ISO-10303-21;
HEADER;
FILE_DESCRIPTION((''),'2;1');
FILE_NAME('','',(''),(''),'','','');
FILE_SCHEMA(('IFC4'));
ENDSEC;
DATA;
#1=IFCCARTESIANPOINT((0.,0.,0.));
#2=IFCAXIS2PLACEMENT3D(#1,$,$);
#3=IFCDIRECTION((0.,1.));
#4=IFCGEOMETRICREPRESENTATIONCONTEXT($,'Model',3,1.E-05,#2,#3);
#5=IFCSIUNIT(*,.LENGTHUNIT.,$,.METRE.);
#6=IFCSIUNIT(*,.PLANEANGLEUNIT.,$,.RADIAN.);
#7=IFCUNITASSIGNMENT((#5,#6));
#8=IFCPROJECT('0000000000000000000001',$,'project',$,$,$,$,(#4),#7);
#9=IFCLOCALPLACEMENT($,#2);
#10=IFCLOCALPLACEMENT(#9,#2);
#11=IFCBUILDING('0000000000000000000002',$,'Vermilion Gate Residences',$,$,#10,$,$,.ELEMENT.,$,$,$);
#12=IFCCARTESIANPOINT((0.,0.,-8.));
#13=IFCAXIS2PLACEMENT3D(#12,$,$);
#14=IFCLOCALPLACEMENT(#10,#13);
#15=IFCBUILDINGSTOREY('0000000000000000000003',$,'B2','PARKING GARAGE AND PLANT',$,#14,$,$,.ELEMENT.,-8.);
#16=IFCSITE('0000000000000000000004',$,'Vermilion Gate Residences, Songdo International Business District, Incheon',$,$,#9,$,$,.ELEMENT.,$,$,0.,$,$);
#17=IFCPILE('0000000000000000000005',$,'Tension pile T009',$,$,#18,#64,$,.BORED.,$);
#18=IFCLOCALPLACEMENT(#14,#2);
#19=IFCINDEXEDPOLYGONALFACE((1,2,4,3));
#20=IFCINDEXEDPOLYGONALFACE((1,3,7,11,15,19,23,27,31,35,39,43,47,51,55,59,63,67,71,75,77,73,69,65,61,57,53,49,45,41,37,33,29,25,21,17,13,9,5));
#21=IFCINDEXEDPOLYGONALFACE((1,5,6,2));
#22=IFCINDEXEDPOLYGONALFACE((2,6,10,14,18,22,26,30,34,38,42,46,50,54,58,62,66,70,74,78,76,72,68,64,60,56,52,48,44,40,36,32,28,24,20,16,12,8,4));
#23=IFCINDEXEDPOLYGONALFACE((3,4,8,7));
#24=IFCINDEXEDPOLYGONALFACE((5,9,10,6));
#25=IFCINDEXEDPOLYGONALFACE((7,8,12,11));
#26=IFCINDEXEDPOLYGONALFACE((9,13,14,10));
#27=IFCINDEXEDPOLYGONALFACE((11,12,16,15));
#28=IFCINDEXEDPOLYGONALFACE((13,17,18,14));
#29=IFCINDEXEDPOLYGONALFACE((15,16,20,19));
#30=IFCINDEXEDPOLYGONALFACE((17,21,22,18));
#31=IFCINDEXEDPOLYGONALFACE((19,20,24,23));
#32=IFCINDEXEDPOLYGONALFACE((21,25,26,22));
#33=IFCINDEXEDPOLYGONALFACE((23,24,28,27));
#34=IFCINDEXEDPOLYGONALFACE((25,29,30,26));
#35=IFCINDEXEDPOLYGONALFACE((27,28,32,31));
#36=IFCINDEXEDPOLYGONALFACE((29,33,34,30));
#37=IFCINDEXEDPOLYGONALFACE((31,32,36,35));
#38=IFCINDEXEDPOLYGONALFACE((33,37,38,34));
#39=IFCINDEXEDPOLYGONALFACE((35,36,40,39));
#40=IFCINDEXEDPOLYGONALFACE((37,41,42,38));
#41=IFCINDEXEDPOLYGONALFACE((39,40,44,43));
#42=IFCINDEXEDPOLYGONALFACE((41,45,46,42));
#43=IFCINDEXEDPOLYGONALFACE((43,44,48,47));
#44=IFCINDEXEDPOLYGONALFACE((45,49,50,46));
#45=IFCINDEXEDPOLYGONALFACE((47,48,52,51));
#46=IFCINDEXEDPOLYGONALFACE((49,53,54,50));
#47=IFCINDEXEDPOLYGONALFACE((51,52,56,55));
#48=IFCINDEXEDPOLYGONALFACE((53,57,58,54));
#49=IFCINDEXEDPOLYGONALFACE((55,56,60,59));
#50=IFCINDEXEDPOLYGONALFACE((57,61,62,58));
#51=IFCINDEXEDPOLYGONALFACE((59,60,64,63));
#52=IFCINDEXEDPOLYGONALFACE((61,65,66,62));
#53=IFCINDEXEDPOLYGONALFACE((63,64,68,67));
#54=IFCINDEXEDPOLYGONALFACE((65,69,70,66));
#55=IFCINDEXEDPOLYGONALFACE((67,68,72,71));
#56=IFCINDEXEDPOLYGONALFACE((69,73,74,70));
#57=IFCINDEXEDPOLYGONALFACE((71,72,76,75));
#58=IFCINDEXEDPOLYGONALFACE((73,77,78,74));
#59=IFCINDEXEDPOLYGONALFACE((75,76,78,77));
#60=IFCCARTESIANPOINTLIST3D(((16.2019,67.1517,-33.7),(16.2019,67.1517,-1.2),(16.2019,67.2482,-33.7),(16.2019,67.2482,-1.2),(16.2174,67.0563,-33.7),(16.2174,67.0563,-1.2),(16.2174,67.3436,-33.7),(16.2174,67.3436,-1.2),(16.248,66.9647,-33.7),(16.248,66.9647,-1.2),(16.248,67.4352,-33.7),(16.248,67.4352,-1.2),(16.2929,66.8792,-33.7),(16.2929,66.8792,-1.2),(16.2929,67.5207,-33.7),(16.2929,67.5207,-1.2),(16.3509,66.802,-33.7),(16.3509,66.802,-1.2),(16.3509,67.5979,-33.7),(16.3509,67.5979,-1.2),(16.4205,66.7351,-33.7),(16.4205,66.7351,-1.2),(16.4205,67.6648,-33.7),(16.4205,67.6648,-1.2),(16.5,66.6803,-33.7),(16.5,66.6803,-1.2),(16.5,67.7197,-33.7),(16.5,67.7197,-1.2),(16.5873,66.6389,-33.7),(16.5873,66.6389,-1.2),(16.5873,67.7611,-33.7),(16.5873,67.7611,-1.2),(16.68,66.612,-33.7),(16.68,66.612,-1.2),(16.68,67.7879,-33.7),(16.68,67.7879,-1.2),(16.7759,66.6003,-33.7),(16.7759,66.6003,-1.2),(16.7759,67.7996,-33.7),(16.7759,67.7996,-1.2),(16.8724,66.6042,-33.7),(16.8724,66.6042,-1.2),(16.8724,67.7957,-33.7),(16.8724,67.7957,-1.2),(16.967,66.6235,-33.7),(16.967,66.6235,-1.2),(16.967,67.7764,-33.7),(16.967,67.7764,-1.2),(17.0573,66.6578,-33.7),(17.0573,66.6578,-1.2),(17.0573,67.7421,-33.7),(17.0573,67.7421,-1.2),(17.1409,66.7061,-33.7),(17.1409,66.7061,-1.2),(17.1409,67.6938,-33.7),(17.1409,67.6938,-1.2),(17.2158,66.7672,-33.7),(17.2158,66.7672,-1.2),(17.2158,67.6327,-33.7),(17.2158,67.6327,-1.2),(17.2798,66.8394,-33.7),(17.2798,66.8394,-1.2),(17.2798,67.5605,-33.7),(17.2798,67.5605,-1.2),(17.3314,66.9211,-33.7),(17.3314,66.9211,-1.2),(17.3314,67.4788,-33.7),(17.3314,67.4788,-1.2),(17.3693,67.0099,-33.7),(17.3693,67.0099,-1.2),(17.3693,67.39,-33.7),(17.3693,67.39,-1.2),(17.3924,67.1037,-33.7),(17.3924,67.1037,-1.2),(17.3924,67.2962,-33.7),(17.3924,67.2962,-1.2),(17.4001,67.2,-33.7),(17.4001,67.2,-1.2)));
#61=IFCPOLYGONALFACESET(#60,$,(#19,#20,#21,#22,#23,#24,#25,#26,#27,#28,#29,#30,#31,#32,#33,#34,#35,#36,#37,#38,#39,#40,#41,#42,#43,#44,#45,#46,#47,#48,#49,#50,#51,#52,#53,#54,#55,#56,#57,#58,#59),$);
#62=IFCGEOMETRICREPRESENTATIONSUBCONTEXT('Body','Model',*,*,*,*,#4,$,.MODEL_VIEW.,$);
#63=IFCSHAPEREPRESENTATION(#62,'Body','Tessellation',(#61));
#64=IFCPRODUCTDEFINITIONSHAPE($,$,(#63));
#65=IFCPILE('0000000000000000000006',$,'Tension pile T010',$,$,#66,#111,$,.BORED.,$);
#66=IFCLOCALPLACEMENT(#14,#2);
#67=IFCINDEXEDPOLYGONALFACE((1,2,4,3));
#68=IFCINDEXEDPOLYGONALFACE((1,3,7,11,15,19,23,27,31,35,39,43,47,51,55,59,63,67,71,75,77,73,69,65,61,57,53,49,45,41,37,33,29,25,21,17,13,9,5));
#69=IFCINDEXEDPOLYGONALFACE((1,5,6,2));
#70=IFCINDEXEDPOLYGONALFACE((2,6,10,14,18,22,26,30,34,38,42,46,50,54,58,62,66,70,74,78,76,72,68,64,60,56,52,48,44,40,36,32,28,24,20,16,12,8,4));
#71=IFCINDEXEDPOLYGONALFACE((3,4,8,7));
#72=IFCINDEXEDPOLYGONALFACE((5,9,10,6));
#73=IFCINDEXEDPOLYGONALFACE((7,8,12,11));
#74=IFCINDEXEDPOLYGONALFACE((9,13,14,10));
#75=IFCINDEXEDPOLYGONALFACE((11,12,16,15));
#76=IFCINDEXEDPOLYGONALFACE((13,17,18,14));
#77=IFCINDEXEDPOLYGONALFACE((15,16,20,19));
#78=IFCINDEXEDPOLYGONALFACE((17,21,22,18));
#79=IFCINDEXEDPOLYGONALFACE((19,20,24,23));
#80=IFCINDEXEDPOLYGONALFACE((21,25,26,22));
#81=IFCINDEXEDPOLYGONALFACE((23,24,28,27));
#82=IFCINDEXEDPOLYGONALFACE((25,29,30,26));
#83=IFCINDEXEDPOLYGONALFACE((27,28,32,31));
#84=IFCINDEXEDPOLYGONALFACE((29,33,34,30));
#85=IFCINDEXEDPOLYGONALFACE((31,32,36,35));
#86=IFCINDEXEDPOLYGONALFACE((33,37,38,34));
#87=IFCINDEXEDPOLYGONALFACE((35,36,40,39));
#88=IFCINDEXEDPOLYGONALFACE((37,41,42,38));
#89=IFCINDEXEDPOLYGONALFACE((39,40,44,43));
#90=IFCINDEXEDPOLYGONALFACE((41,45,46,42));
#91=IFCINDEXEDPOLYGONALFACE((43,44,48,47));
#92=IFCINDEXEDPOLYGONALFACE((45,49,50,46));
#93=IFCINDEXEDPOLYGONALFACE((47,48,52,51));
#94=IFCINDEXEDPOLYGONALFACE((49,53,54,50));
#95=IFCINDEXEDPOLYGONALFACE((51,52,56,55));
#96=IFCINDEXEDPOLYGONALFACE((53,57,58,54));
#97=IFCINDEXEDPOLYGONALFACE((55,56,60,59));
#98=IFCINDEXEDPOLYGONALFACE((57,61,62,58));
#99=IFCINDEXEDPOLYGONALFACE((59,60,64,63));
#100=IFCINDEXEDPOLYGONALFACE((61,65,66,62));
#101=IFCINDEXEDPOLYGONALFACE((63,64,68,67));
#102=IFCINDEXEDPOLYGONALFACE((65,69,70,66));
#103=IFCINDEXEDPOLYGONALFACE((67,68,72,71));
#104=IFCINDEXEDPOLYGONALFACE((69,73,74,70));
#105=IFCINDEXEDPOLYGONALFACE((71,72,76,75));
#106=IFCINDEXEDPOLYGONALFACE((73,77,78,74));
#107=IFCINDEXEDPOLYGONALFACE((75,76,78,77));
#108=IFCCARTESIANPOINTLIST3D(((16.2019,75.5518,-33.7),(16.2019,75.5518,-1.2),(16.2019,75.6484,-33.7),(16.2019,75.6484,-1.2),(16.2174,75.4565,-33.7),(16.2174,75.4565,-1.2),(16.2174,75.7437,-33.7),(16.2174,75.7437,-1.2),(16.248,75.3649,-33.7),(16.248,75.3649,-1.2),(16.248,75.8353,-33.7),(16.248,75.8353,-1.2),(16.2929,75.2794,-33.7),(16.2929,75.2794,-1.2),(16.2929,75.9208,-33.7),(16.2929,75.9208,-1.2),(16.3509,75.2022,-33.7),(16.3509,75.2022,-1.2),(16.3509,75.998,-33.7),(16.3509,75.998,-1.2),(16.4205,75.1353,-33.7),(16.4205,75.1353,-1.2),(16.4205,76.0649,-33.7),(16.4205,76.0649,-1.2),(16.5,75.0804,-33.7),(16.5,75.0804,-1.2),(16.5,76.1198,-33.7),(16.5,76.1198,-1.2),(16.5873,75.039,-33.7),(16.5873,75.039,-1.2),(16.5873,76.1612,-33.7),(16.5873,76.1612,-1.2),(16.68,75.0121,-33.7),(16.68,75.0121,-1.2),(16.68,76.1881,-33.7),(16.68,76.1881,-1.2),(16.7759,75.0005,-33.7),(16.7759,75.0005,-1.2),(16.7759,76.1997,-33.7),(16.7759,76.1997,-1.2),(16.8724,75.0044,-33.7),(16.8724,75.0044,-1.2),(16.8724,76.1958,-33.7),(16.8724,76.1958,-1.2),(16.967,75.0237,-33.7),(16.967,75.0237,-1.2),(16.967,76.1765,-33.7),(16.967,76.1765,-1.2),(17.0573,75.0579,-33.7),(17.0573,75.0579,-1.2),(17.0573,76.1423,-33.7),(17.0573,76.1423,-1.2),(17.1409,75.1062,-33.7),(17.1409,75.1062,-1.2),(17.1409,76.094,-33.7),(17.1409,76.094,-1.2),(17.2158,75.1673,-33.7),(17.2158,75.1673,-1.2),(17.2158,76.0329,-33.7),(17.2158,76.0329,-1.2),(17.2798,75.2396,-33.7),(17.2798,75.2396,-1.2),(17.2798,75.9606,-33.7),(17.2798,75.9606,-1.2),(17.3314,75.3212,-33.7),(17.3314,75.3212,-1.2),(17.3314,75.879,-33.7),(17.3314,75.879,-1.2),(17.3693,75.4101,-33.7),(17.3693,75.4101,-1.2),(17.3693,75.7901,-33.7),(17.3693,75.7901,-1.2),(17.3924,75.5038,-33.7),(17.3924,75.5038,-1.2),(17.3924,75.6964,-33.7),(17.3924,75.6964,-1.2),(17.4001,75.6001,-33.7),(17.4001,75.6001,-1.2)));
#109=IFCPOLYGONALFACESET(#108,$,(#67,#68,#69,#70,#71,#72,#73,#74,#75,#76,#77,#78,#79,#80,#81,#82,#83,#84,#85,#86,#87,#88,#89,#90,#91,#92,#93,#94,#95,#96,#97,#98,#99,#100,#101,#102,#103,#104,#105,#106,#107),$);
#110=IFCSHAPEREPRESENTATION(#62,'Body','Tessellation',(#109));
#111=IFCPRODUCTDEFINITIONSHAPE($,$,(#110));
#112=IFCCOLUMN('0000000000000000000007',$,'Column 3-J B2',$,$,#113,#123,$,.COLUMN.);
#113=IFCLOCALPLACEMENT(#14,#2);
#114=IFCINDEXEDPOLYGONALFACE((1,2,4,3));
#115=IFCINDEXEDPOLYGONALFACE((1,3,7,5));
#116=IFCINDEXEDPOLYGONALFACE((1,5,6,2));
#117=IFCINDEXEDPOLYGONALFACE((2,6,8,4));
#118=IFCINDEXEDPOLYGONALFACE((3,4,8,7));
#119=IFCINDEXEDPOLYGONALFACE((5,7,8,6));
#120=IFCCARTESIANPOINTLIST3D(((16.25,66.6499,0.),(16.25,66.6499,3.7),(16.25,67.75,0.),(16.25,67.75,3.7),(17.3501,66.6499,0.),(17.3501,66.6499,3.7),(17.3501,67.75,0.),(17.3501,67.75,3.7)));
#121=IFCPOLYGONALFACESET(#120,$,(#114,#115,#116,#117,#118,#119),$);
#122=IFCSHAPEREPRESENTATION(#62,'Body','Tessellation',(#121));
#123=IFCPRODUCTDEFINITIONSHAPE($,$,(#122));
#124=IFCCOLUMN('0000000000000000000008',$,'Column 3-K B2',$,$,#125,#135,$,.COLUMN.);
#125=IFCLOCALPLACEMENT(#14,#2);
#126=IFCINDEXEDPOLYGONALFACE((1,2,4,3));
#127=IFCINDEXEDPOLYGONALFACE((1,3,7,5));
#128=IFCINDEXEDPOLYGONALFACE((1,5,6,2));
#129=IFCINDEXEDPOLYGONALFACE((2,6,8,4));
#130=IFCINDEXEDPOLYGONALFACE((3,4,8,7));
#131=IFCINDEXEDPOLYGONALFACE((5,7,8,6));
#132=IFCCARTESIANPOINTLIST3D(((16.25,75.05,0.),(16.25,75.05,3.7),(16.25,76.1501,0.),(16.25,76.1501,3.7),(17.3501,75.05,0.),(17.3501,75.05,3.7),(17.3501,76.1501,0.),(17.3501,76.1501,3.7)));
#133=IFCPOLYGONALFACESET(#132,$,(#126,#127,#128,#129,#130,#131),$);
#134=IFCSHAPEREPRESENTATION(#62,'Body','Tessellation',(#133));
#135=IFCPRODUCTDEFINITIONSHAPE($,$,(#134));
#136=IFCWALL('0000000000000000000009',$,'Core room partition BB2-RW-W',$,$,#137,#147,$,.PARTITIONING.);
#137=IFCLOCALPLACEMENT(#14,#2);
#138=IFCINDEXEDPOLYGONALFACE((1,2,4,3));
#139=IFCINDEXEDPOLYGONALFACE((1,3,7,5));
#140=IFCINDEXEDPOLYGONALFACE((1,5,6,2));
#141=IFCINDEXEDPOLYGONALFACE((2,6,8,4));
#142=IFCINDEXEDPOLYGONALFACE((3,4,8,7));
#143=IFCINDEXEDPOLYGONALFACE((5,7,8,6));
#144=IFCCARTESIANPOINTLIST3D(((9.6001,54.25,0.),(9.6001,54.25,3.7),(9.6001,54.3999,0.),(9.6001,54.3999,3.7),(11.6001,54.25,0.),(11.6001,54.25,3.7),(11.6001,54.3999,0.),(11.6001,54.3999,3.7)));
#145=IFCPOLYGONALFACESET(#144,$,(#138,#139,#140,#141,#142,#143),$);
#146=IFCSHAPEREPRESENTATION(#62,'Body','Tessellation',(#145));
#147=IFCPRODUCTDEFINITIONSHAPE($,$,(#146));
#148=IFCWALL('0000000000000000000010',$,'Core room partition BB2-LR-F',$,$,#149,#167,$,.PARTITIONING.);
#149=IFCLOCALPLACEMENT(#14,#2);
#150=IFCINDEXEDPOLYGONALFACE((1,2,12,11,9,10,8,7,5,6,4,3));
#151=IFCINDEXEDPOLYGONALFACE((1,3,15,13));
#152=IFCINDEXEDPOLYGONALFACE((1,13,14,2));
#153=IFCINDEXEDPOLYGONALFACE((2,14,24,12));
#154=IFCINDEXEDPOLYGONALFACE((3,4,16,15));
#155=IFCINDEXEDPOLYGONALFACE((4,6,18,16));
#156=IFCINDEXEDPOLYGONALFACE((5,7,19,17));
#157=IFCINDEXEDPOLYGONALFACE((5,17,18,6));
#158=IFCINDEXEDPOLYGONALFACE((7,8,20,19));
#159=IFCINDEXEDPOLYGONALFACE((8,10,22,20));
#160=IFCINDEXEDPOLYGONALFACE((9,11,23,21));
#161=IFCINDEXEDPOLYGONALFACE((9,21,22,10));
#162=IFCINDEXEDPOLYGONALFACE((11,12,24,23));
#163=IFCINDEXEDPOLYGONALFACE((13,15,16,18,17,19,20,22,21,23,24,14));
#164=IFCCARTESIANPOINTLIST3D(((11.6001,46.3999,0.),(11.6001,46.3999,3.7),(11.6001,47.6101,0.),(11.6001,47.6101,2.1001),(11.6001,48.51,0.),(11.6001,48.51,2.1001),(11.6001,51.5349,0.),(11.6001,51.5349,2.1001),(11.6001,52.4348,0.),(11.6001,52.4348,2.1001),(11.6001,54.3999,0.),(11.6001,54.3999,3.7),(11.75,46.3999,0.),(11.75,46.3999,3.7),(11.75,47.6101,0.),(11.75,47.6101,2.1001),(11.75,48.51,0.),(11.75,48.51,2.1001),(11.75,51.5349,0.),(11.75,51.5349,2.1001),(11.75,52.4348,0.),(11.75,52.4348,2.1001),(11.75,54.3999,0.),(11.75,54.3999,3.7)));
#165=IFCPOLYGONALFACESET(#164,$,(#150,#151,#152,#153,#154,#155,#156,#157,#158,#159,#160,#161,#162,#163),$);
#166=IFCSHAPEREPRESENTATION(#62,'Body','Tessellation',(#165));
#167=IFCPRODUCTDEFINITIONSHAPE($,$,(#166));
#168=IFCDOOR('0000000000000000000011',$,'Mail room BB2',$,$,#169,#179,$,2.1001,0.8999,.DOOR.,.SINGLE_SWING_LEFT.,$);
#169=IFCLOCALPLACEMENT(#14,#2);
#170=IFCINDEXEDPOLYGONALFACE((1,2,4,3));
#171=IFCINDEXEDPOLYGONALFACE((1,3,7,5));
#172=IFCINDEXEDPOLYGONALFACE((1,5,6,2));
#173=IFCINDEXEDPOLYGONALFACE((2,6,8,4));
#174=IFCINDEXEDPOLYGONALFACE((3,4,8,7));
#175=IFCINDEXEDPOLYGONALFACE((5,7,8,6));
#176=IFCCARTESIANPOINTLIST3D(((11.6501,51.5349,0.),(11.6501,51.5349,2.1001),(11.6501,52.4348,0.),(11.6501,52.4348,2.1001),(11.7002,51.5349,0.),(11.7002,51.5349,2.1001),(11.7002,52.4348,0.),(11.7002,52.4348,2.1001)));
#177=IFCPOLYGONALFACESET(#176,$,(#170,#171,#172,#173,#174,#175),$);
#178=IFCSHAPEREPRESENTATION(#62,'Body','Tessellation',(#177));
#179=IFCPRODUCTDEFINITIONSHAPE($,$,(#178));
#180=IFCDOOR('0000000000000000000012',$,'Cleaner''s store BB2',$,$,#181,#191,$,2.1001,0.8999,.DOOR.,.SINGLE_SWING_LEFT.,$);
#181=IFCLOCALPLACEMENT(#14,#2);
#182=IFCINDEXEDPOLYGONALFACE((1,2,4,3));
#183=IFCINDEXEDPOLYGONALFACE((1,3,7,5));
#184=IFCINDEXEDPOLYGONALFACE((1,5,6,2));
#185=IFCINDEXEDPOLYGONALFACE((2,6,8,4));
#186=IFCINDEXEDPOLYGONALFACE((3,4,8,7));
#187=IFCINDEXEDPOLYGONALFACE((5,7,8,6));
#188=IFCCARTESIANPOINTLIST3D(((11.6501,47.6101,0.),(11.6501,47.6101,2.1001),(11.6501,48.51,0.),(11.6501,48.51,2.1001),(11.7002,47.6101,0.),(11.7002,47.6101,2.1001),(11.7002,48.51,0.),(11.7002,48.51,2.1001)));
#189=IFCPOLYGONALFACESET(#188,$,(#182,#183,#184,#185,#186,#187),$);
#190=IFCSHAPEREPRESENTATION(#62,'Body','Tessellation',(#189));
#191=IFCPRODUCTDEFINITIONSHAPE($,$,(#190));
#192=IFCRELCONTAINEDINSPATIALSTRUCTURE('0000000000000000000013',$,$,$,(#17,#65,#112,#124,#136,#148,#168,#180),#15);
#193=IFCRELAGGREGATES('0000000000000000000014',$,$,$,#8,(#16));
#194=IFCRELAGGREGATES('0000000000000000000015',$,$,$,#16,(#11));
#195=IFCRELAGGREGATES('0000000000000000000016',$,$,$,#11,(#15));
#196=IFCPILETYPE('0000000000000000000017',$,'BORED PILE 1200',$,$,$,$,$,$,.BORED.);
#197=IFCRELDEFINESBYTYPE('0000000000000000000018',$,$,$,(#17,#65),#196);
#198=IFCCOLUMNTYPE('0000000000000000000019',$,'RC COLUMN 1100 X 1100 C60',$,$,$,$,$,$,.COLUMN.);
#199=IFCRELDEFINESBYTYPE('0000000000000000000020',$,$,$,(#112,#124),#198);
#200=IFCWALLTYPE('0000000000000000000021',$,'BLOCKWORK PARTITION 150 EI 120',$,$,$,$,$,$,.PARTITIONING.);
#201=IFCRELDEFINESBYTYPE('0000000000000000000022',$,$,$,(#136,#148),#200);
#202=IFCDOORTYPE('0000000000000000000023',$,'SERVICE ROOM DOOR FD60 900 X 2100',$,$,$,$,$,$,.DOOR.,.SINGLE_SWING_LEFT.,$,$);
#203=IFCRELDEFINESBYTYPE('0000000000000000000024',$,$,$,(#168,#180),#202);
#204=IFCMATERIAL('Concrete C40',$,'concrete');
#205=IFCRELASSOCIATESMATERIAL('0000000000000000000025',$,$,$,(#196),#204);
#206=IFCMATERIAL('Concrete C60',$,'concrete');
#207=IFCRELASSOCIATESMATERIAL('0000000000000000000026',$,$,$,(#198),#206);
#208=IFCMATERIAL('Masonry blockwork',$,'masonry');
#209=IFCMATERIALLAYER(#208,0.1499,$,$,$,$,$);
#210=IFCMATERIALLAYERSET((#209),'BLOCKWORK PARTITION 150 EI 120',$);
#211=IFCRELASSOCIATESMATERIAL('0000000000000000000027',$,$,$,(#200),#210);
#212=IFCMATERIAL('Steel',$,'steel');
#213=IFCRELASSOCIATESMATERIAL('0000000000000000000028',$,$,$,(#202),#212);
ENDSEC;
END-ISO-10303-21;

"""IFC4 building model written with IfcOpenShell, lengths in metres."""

from ifc_helpers import new_model, si_unit, direction, frame, frame_2d, origin, origin_2d, place, context, subcontext, project, spatial, rectangle, circle, extrude, material, layer, layer_set, material_profile, profile_set, type_object, element, fill, save


model = new_model("IFC4")

# Units and contexts
model_context = context("Model", 3, precision=1e-05, world=origin(), true_north=direction((0.0, 1.0)))
body_context = subcontext(model_context, "Body", "Model", "MODEL_VIEW")
ifc_project = project(units=[si_unit("LENGTHUNIT", "METRE"), si_unit("PLANEANGLEUNIT", "RADIAN")], contexts=[model_context])

# Site, building, storey
site_placement = place(None, origin())
site = spatial("IfcSite", under=ifc_project, at=site_placement, Name="Vermilion Gate Residences, Songdo International Business District, Incheon", CompositionType="ELEMENT", RefElevation=0.0)
building_placement = place(site_placement, origin())
building = spatial("IfcBuilding", under=site, at=building_placement, Name="Vermilion Gate Residences", CompositionType="ELEMENT")
storey_placement = place(building_placement, frame((0.0, 0.0, -8.0)))
storey = spatial("IfcBuildingStorey", under=building, at=storey_placement, Name="B2", Description="PARKING GARAGE AND PLANT", CompositionType="ELEMENT", Elevation=-8.0)

# Piles
ifc_material_1 = material(Name="Concrete C40", Category="concrete")
ifc_material_profile_1 = material_profile(ifc_material_1, circle(Radius=0.6001, at=origin_2d()), Name="BORED PILE 1200")
ifc_profile_set_1 = profile_set([ifc_material_profile_1], Name="Concrete C40")
pile_type = type_object("IfcPileType", Name="BORED PILE 1200", PredefinedType="BORED", material=ifc_profile_set_1)
for number, where, z_axis, x_axis, name in (
    (1, (16.8, 67.2, -1.2), (0.0, 0.0, -1.0), (1.0, 0.0, 0.0), "Tension pile T009"),
    (2, (16.8, 75.6001, -1.2), (0.0, 0.0, -1.0), (1.0, 0.0, 0.0), "Tension pile T010"),
):
    element("IfcPile", number, at=place(storey_placement, frame(where, z_axis=z_axis, x_axis=x_axis)), inside=storey, type_object=pile_type, Name=name, PredefinedType="BORED", context=body_context, shape_type="SweptSolid", body=[
        extrude(circle(Radius=0.6001, at=origin_2d()), origin(), (0.0, 0.0, 1.0), 32.5),
    ])

# Columns
ifc_material_2 = material(Name="Concrete C60", Category="concrete")
ifc_material_profile_2 = material_profile(ifc_material_2, rectangle(XDim=1.1001, YDim=1.1001, at=origin_2d()), Name="RC-1100x1100")
ifc_profile_set_2 = profile_set([ifc_material_profile_2], Name="Concrete C60")
column_type = type_object("IfcColumnType", Name="RC COLUMN 1100 X 1100 C60", PredefinedType="COLUMN", material=ifc_profile_set_2)
for number, where, z_axis, x_axis, name in (
    (3, (16.8, 67.2, 0.0), (0.0, 0.0, 1.0), (1.0, 0.0, 0.0), "Column 3-J B2"),
    (4, (16.8, 75.6001, 0.0), (0.0, 0.0, 1.0), (1.0, 0.0, 0.0), "Column 3-K B2"),
):
    element("IfcColumn", number, at=place(storey_placement, frame(where, z_axis=z_axis, x_axis=x_axis)), inside=storey, type_object=column_type, Name=name, PredefinedType="COLUMN", context=body_context, shape_type="SweptSolid", body=[
        extrude(rectangle(XDim=1.1001, YDim=1.1001, at=origin_2d()), origin(), (0.0, 0.0, 1.0), 3.7),
    ])

# Wall
ifc_material_3 = material(Name="Masonry blockwork", Category="masonry")
ifc_layer_1 = layer(ifc_material_3, 0.1499)
ifc_layer_set_1 = layer_set([ifc_layer_1], Name="BLOCKWORK PARTITION 150 EI 120")
wall_type_1 = type_object("IfcWallType", Name="BLOCKWORK PARTITION 150 EI 120", PredefinedType="PARTITIONING", material=ifc_layer_set_1)
wall_1_placement = place(storey_placement, frame((9.6001, 54.325, 0.0), z_axis=(0.0, 0.0, 1.0), x_axis=(1.0, 0.0, 0.0)))
element("IfcWall", 5, at=wall_1_placement, inside=storey, type_object=wall_type_1, Name="Core room partition BB2-RW-W", PredefinedType="PARTITIONING", context=body_context, shape_type="SweptSolid", body=[
    extrude(rectangle(XDim=2.0, YDim=0.1499, at=frame_2d((1.0, 0.0))), origin(), (0.0, 0.0, 1.0), 3.7),
])

# Wall, openings, doors
wall_2_placement = place(storey_placement, frame((11.675, 54.3999, 0.0), z_axis=(0.0, 0.0, 1.0), x_axis=(0.0, -1.0, 0.0)))
wall_2 = element("IfcWall", 6, at=wall_2_placement, inside=storey, type_object=wall_type_1, Name="Core room partition BB2-LR-F", PredefinedType="PARTITIONING", context=body_context, shape_type="SweptSolid", body=[
    extrude(rectangle(XDim=8.0, YDim=0.1499, at=frame_2d((4.0, 0.0))), origin(), (0.0, 0.0, 1.0), 3.7),
])
opening_1_placement = place(wall_2_placement, frame((1.9651, 0.0, 0.0)))
opening_1 = element("IfcOpeningElement", 7, at=opening_1_placement, cuts=wall_2, PredefinedType="OPENING", context=body_context, shape_type="SweptSolid", body=[
    extrude(rectangle(XDim=0.8999, YDim=2.1001, at=frame_2d((0.45, 1.05))), frame((0.0, 0.085, 0.0), z_axis=(0.0, -1.0, 0.0), x_axis=(1.0, 0.0, 0.0)), (0.0, 0.0, 1.0), 0.1699),
])
opening_2_placement = place(wall_2_placement, frame((5.8899, 0.0, 0.0)))
opening_2 = element("IfcOpeningElement", 8, at=opening_2_placement, cuts=wall_2, PredefinedType="OPENING", context=body_context, shape_type="SweptSolid", body=[
    extrude(rectangle(XDim=0.8999, YDim=2.1001, at=frame_2d((0.45, 1.05))), frame((0.0, 0.085, 0.0), z_axis=(0.0, -1.0, 0.0), x_axis=(1.0, 0.0, 0.0)), (0.0, 0.0, 1.0), 0.1699),
])
ifc_material_4 = material(Name="Steel", Category="steel")
door_type_1 = type_object("IfcDoorType", Name="SERVICE ROOM DOOR FD60 900 X 2100", OperationType="SINGLE_SWING_LEFT", PredefinedType="DOOR", material=ifc_material_4)
door_1_placement = place(opening_1_placement, frame((0.8999, 0.0, 0.0), z_axis=(0.0, 0.0, 1.0), x_axis=(-1.0, 0.0, 0.0)))
door_1 = element("IfcDoor", 9, at=door_1_placement, inside=storey, type_object=door_type_1, Name="Mail room BB2", OperationType="SINGLE_SWING_LEFT", OverallHeight=2.1001, OverallWidth=0.8999, PredefinedType="DOOR", context=body_context, shape_type="SweptSolid", body=[
    extrude(rectangle(XDim=0.8999, YDim=2.1001, at=frame_2d((0.45, 1.05))), frame((0.0, 0.0249, 0.0), z_axis=(0.0, -1.0, 0.0), x_axis=(1.0, 0.0, 0.0)), (0.0, 0.0, 1.0), 0.05),
])
fill(opening_1, door_1)
door_2_placement = place(opening_2_placement, frame((0.8999, 0.0, 0.0), z_axis=(0.0, 0.0, 1.0), x_axis=(-1.0, 0.0, 0.0)))
door_2 = element("IfcDoor", 10, at=door_2_placement, inside=storey, type_object=door_type_1, Name="Cleaner's store BB2", OperationType="SINGLE_SWING_LEFT", OverallHeight=2.1001, OverallWidth=0.8999, PredefinedType="DOOR", context=body_context, shape_type="SweptSolid", body=[
    extrude(rectangle(XDim=0.8999, YDim=2.1001, at=frame_2d((0.45, 1.05))), frame((0.0, 0.0249, 0.0), z_axis=(0.0, -1.0, 0.0), x_axis=(1.0, 0.0, 0.0)), (0.0, 0.0, 1.0), 0.05),
])
fill(opening_2, door_2)

save(model, "model.ifc")
